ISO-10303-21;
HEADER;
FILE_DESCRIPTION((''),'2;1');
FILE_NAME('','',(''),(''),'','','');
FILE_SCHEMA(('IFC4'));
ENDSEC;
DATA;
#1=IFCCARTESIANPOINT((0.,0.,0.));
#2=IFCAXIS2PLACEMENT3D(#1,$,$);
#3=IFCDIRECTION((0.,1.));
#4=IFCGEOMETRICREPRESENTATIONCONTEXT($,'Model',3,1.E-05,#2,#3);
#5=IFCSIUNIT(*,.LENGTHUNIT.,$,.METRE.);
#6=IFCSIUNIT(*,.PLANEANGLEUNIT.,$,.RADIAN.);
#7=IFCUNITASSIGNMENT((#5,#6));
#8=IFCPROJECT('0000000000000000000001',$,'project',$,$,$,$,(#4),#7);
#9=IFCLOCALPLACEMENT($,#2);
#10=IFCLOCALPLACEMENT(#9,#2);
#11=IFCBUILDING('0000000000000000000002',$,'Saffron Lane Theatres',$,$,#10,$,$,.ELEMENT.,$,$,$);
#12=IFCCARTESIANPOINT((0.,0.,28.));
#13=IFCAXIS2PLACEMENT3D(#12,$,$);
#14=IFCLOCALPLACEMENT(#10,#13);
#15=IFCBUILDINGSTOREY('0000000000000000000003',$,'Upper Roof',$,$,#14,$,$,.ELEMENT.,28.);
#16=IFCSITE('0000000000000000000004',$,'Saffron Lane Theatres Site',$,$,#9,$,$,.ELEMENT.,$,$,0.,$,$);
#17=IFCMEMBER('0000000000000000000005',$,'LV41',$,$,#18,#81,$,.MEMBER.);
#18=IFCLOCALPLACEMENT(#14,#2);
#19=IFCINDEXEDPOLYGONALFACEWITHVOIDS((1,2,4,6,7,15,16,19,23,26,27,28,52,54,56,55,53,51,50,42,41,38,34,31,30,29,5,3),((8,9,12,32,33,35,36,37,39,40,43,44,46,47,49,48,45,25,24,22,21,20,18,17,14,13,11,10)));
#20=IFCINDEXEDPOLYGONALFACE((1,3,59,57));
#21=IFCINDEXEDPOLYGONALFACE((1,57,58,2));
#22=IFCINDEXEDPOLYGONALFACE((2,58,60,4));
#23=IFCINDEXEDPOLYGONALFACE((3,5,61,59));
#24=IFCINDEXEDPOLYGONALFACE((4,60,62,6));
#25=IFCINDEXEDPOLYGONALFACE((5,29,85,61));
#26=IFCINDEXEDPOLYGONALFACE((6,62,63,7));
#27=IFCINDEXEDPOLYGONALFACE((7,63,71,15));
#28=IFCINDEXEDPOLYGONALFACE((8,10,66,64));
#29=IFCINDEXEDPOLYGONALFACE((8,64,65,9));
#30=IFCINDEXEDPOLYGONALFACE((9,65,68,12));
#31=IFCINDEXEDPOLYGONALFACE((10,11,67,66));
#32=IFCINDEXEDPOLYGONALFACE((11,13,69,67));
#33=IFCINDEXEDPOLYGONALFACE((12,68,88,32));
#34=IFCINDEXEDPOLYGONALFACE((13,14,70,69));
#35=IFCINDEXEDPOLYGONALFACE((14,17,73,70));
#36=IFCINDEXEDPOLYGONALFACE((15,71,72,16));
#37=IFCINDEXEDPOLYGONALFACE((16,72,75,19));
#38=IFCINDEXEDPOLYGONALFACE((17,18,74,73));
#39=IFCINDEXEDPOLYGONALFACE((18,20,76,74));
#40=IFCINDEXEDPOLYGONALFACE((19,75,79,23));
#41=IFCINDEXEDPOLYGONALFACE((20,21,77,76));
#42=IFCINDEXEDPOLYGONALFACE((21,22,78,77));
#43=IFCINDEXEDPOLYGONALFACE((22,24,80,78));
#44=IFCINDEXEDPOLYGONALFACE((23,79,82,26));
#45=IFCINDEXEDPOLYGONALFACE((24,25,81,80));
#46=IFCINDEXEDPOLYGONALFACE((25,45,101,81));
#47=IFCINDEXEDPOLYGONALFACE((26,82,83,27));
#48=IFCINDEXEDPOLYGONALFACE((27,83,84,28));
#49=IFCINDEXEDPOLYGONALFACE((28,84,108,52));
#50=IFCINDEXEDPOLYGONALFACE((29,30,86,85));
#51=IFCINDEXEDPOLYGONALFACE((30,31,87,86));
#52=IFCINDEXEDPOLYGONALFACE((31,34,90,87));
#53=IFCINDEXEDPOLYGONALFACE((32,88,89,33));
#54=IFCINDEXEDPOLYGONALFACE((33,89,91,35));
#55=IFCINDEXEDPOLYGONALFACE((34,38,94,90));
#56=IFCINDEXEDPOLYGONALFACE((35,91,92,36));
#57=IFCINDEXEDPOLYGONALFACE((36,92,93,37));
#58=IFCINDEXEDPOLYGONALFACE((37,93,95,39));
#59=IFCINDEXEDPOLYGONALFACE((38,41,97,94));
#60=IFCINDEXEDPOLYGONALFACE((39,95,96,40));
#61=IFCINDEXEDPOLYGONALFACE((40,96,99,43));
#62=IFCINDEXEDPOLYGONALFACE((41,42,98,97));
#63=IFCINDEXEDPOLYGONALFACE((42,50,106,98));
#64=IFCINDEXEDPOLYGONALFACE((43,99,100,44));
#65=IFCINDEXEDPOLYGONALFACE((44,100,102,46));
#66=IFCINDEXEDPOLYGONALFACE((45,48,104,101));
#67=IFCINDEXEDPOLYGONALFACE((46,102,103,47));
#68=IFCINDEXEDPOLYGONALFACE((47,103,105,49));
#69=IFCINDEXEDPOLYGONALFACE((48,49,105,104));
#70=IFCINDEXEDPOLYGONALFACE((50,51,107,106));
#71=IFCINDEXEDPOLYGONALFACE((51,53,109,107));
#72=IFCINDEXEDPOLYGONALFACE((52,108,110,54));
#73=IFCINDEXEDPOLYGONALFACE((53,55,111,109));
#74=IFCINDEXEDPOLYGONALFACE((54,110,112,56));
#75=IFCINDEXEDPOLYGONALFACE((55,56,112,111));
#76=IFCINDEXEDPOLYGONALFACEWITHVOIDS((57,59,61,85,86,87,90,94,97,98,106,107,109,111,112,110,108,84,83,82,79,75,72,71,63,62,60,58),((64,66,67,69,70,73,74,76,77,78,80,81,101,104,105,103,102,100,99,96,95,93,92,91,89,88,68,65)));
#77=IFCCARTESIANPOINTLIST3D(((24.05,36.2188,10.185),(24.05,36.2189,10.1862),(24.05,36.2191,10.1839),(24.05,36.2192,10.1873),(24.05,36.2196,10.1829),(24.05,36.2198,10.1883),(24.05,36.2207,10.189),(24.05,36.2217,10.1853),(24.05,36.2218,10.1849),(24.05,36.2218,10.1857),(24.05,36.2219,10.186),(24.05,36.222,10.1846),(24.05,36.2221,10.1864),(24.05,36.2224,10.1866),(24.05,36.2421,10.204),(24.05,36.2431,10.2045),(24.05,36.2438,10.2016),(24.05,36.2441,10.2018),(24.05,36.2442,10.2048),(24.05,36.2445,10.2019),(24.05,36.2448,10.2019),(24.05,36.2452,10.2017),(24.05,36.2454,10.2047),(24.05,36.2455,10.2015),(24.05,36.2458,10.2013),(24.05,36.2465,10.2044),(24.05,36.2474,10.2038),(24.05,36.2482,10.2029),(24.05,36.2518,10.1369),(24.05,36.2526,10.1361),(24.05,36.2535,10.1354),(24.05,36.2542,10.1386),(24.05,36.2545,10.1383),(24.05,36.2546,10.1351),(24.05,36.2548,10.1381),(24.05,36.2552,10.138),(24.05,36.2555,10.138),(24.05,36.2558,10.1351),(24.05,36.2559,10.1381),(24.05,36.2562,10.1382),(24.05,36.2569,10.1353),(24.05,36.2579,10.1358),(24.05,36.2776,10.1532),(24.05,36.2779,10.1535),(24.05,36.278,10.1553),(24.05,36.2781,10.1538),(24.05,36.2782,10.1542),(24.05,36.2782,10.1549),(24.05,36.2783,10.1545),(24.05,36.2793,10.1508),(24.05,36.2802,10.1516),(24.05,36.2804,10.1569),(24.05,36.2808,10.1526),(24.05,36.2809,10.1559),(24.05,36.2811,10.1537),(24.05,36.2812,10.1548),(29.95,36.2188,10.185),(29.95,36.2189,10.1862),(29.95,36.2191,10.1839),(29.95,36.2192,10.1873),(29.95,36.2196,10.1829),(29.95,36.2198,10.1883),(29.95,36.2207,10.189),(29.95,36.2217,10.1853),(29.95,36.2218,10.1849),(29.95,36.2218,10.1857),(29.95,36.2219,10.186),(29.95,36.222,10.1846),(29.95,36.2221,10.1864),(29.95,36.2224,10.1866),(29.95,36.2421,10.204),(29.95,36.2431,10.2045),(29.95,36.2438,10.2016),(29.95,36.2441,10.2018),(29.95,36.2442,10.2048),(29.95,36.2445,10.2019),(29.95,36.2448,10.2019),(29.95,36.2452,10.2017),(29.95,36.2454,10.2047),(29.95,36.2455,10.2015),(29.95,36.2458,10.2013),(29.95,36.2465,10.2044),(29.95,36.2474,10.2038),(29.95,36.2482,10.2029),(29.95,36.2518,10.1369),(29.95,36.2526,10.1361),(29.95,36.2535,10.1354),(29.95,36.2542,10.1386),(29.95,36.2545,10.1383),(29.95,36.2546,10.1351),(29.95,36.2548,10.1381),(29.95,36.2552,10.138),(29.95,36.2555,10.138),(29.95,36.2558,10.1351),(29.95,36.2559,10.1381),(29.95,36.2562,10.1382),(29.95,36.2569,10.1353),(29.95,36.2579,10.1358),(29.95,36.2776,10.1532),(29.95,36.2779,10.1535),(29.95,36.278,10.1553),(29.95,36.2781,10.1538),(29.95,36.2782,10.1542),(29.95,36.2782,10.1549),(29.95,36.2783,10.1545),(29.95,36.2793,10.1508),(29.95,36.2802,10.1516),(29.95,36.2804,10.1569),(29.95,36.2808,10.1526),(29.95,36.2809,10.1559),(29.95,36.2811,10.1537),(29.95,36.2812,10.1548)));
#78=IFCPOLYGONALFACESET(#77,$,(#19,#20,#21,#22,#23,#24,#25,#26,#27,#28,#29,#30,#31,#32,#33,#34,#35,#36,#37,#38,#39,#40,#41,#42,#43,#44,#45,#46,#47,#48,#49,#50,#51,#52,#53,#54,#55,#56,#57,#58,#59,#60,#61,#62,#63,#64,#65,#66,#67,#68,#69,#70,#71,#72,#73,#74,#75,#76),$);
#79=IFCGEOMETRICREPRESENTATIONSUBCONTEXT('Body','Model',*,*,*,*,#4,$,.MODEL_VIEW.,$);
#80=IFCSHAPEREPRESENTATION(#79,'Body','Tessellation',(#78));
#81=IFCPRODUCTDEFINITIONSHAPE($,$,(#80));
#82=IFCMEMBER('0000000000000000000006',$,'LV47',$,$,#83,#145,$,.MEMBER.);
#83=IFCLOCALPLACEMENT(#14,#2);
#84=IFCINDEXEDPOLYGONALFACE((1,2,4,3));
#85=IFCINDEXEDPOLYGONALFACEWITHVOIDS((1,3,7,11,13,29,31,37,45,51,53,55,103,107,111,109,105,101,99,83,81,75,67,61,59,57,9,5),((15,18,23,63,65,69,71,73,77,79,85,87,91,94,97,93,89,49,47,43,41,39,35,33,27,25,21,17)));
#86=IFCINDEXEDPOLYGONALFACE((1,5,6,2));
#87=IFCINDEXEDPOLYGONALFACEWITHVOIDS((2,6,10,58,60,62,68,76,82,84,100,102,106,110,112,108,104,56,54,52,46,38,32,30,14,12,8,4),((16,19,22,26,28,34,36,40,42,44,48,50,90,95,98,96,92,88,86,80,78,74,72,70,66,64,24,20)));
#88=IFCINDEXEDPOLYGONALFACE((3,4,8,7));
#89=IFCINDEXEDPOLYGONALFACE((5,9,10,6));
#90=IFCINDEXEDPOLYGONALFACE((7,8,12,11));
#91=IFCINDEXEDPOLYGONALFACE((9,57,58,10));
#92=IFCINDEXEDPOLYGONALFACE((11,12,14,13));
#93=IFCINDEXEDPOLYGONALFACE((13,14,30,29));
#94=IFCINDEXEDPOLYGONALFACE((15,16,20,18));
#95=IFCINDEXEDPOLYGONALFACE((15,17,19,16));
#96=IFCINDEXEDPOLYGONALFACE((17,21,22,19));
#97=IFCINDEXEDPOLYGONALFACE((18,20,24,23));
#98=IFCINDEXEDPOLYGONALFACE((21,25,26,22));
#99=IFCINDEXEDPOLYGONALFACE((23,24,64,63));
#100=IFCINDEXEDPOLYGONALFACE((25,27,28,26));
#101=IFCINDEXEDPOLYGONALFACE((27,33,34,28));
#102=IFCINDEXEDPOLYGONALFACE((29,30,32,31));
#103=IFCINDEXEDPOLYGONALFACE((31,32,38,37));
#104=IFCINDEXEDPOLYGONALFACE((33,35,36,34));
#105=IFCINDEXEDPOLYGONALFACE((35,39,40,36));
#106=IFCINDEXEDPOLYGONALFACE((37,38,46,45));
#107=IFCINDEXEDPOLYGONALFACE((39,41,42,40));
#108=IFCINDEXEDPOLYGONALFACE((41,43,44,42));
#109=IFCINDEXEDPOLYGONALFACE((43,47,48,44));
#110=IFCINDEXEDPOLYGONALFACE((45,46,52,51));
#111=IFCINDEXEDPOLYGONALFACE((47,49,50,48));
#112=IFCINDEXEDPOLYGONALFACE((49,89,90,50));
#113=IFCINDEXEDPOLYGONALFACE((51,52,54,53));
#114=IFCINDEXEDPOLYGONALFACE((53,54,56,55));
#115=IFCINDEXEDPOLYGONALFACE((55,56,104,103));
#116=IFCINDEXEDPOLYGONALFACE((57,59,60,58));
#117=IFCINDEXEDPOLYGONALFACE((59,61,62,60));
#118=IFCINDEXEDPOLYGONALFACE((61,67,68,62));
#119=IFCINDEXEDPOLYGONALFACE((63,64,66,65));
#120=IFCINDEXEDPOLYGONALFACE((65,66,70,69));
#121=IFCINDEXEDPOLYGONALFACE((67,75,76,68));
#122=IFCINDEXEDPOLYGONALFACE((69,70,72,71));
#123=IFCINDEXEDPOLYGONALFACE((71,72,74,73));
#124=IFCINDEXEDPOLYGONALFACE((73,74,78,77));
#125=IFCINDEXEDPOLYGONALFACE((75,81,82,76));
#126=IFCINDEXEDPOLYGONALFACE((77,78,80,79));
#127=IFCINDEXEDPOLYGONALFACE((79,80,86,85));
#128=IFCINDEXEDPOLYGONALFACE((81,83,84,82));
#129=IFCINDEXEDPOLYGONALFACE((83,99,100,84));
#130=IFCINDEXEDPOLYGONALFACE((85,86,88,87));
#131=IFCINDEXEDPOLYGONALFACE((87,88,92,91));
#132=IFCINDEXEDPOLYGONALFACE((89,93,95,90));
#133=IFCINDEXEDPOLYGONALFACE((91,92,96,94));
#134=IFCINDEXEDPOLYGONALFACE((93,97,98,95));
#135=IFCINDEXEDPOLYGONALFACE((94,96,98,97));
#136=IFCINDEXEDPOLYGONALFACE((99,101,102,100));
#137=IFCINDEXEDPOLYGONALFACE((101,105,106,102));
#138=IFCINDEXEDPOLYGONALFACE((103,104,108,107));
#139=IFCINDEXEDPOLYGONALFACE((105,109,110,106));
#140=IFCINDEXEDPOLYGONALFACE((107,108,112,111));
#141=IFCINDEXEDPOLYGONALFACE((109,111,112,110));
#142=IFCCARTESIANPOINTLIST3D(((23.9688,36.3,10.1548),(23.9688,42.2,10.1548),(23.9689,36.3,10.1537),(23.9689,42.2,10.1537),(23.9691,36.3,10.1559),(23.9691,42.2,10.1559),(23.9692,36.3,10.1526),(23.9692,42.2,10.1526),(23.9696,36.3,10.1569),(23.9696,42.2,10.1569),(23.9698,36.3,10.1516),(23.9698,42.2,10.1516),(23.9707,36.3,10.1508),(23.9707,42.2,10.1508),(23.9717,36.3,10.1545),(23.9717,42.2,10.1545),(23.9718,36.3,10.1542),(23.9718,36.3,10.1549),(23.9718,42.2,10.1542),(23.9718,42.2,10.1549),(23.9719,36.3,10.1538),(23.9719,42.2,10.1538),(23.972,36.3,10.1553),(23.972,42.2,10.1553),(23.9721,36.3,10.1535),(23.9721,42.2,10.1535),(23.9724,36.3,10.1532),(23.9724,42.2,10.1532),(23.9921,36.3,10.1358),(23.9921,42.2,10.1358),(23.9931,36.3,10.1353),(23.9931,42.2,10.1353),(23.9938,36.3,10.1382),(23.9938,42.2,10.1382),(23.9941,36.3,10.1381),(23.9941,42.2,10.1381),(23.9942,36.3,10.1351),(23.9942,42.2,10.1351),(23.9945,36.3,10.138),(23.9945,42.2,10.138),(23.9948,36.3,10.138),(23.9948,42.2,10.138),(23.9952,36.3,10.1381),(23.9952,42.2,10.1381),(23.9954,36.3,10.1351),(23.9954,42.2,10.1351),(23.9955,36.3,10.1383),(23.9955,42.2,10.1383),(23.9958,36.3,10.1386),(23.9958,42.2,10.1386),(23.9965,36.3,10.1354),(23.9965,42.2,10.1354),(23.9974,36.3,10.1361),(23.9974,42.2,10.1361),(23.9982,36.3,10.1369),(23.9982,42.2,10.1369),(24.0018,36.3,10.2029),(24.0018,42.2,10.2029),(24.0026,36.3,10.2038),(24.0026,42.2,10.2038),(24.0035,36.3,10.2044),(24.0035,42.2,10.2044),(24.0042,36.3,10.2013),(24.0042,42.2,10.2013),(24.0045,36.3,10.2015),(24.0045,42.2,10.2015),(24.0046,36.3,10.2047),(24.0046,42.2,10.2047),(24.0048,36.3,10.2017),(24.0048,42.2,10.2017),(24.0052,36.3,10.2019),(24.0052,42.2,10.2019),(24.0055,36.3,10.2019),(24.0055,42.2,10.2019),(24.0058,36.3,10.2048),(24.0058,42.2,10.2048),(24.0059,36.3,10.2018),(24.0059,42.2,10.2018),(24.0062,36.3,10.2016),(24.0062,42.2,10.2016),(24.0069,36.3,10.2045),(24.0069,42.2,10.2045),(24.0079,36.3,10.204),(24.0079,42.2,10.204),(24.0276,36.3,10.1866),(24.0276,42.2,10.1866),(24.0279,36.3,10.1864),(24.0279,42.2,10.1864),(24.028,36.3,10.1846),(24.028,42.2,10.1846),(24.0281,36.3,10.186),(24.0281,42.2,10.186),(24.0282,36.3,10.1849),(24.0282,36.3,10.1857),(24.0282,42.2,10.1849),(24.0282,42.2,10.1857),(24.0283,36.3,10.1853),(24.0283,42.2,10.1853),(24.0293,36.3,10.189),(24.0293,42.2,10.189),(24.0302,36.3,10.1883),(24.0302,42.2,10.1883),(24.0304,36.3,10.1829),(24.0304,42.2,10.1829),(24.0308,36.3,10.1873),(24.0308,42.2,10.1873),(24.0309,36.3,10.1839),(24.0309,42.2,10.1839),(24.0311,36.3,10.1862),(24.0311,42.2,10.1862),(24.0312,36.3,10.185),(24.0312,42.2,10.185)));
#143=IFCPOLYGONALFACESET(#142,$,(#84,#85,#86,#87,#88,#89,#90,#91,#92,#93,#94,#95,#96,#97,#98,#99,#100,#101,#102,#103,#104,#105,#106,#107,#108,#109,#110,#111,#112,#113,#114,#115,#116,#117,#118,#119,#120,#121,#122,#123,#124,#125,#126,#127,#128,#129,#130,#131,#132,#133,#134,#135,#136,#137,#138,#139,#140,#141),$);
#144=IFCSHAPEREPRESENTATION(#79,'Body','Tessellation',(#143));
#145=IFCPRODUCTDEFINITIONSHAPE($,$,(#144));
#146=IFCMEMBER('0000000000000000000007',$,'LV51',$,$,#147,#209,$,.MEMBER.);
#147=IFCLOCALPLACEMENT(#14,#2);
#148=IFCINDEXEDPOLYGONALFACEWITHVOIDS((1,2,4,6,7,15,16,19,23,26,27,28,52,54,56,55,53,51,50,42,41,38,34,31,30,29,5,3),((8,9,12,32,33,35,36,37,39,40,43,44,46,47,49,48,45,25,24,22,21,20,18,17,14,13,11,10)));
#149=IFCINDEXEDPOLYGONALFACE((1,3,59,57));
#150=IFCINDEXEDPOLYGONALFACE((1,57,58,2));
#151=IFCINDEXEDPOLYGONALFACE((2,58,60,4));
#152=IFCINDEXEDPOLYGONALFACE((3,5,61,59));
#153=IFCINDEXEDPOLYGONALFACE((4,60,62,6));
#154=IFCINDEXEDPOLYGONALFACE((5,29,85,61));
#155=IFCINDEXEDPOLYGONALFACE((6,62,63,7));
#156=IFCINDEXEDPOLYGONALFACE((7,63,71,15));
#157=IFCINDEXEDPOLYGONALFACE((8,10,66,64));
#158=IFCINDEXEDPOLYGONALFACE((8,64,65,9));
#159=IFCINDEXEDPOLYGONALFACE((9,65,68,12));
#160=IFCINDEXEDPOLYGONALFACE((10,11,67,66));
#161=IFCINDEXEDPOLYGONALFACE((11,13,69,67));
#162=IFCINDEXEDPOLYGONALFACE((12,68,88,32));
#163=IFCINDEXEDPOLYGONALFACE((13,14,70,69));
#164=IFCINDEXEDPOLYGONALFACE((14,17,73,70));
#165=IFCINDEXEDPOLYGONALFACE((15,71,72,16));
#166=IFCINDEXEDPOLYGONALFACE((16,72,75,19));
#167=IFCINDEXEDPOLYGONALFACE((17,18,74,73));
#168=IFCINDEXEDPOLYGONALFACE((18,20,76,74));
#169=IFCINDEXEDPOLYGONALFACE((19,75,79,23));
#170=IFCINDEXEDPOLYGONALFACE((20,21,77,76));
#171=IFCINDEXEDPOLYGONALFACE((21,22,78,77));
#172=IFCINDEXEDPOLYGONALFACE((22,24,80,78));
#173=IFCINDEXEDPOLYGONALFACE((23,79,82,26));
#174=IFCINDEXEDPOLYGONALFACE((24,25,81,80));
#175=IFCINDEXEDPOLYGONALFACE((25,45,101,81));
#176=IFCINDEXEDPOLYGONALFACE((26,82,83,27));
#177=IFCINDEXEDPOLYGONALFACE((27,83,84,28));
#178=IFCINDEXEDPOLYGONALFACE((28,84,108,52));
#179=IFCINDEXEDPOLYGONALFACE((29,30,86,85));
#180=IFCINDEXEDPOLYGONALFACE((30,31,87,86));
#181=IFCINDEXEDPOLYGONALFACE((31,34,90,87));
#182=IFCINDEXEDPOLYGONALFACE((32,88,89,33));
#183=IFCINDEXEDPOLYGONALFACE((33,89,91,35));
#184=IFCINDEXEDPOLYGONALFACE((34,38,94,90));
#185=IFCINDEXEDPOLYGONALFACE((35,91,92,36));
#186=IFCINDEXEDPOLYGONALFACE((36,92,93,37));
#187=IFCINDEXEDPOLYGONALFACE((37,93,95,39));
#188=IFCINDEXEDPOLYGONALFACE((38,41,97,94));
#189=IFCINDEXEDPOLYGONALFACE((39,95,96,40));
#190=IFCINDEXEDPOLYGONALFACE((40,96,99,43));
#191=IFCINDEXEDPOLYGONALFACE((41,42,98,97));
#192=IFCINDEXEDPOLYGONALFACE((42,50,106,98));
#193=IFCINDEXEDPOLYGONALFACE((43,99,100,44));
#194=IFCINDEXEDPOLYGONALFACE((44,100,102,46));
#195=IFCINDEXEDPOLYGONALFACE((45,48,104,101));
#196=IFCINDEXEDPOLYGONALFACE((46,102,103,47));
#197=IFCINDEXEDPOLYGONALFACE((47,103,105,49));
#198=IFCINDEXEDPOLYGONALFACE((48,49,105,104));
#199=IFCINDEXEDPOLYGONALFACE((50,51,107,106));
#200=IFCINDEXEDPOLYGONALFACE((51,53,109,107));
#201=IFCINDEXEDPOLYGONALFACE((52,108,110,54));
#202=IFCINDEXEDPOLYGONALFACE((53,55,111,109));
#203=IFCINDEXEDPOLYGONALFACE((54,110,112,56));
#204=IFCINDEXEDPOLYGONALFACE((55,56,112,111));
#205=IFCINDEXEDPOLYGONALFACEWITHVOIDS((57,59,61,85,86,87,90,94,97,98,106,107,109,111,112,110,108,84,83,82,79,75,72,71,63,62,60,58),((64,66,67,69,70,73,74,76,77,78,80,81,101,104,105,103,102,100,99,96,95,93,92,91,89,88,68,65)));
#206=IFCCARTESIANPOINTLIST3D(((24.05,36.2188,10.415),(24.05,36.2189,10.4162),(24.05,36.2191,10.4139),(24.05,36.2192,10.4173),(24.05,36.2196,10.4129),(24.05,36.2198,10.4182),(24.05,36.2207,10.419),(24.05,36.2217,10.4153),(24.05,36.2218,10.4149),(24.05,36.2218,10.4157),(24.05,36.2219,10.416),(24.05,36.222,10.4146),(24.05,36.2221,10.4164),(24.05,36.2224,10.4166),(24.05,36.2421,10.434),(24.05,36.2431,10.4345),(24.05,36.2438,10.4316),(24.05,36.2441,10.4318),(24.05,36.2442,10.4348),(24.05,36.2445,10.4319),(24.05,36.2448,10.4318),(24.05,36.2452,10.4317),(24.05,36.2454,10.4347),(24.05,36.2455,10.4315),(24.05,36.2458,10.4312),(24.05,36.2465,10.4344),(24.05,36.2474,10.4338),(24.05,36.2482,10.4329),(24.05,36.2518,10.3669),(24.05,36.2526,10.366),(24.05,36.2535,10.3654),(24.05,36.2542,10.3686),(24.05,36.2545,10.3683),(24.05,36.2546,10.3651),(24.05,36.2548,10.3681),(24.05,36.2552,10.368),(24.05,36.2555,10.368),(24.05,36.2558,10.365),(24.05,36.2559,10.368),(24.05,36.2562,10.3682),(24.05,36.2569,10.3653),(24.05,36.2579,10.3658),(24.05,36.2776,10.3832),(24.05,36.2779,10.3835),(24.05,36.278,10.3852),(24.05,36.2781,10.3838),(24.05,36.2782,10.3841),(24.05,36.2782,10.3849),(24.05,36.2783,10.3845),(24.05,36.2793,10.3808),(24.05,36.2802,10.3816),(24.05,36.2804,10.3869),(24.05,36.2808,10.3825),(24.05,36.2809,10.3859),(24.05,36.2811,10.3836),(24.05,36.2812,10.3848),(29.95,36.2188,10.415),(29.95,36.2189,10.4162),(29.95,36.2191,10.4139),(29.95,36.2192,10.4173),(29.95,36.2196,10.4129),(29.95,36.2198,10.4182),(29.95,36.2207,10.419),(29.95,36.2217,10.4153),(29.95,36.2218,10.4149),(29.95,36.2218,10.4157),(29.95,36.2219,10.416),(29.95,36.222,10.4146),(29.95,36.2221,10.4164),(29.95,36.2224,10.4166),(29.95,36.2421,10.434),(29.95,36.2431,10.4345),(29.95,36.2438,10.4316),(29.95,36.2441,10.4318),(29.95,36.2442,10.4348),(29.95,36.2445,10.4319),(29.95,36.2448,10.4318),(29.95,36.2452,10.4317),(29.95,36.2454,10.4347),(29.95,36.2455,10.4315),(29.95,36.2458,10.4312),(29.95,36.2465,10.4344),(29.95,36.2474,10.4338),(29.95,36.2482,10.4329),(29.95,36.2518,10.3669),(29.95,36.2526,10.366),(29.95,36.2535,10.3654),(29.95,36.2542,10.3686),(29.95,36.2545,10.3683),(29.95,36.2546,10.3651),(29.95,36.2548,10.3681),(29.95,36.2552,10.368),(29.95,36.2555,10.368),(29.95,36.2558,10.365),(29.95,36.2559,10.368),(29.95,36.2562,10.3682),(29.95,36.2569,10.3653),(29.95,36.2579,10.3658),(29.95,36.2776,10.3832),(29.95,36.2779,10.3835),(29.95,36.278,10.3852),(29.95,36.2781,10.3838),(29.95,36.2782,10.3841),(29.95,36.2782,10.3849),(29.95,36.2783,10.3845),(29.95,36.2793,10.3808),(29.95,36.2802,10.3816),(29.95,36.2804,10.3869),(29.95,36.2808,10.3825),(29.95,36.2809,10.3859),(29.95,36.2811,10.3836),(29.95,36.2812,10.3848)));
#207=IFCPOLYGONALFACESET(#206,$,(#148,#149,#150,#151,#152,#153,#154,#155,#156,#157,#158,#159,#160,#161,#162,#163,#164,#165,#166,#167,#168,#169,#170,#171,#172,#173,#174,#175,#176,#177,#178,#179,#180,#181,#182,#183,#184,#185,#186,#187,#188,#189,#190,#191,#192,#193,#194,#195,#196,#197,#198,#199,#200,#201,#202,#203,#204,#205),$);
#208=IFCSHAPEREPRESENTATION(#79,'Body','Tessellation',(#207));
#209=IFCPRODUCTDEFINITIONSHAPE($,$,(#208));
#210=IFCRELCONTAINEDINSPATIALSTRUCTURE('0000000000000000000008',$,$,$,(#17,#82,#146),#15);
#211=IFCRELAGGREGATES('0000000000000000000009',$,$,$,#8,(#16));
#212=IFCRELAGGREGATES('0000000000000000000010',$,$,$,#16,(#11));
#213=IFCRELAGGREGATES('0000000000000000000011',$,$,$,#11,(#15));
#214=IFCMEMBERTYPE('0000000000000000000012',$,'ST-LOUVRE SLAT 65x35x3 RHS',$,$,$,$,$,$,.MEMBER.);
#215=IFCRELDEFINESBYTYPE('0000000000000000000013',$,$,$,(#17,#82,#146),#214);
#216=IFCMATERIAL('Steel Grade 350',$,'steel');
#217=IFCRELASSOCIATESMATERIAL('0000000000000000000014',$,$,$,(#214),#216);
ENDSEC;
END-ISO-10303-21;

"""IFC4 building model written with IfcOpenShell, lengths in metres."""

from ifc_helpers import new_model, si_unit, direction, frame, origin, origin_2d, place, context, subcontext, project, spatial, hollow_rectangle, extrude, material, material_profile, profile_set, type_object, element, save


model = new_model("IFC4")

# Units and contexts
model_context = context("Model", 3, precision=1e-05, world=origin(), true_north=direction((0.0, 1.0)))
body_context = subcontext(model_context, "Body", "Model", "MODEL_VIEW")
ifc_project = project(units=[si_unit("LENGTHUNIT", "METRE"), si_unit("PLANEANGLEUNIT", "RADIAN")], contexts=[model_context])

# Site, building, storey
site_placement = place(None, origin())
site = spatial("IfcSite", under=ifc_project, at=site_placement, Name="Saffron Lane Theatres Site", CompositionType="ELEMENT", RefElevation=0.0)
building_placement = place(site_placement, origin())
building = spatial("IfcBuilding", under=site, at=building_placement, Name="Saffron Lane Theatres", CompositionType="ELEMENT")
storey_placement = place(building_placement, frame((0.0, 0.0, 28.0)))
storey = spatial("IfcBuildingStorey", under=building, at=storey_placement, Name="Upper Roof", CompositionType="ELEMENT", Elevation=28.0)

# Members
ifc_material_1 = material(Name="Steel Grade 350", Category="steel")
ifc_material_profile_1 = material_profile(ifc_material_1, hollow_rectangle(XDim=0.0349, YDim=0.0649, WallThickness=0.0029, InnerFilletRadius=0.0015, OuterFilletRadius=0.0044, at=origin_2d()))
ifc_profile_set_1 = profile_set([ifc_material_profile_1], Name="Steel Grade 350")
member_type_1 = type_object("IfcMemberType", Name="ST-LOUVRE SLAT 65x35x3 RHS", PredefinedType="MEMBER", material=ifc_profile_set_1)
for number, where, z_axis, x_axis, name in (
    (1, (24.05, 36.25, 10.1699), (1.0, 0.0, 0.0), (0.0, 0.819152, 0.573576), "LV41"),
    (2, (24.0, 36.3, 10.1699), (0.0, 1.0, 0.0), (-0.819152, 0.0, 0.573576), "LV47"),
    (3, (24.05, 36.25, 10.3999), (1.0, 0.0, 0.0), (0.0, 0.819152, 0.573576), "LV51"),
):
    element("IfcMember", number, at=place(storey_placement, frame(where, z_axis=z_axis, x_axis=x_axis)), inside=storey, type_object=member_type_1, Name=name, PredefinedType="MEMBER", context=body_context, shape_type="SweptSolid", body=[
        extrude(hollow_rectangle(XDim=0.0349, YDim=0.0649, WallThickness=0.0029, InnerFilletRadius=0.0015, OuterFilletRadius=0.0044, at=origin_2d()), origin(), (0.0, 0.0, 1.0), 5.8999),
    ])

save(model, "model.ifc")
